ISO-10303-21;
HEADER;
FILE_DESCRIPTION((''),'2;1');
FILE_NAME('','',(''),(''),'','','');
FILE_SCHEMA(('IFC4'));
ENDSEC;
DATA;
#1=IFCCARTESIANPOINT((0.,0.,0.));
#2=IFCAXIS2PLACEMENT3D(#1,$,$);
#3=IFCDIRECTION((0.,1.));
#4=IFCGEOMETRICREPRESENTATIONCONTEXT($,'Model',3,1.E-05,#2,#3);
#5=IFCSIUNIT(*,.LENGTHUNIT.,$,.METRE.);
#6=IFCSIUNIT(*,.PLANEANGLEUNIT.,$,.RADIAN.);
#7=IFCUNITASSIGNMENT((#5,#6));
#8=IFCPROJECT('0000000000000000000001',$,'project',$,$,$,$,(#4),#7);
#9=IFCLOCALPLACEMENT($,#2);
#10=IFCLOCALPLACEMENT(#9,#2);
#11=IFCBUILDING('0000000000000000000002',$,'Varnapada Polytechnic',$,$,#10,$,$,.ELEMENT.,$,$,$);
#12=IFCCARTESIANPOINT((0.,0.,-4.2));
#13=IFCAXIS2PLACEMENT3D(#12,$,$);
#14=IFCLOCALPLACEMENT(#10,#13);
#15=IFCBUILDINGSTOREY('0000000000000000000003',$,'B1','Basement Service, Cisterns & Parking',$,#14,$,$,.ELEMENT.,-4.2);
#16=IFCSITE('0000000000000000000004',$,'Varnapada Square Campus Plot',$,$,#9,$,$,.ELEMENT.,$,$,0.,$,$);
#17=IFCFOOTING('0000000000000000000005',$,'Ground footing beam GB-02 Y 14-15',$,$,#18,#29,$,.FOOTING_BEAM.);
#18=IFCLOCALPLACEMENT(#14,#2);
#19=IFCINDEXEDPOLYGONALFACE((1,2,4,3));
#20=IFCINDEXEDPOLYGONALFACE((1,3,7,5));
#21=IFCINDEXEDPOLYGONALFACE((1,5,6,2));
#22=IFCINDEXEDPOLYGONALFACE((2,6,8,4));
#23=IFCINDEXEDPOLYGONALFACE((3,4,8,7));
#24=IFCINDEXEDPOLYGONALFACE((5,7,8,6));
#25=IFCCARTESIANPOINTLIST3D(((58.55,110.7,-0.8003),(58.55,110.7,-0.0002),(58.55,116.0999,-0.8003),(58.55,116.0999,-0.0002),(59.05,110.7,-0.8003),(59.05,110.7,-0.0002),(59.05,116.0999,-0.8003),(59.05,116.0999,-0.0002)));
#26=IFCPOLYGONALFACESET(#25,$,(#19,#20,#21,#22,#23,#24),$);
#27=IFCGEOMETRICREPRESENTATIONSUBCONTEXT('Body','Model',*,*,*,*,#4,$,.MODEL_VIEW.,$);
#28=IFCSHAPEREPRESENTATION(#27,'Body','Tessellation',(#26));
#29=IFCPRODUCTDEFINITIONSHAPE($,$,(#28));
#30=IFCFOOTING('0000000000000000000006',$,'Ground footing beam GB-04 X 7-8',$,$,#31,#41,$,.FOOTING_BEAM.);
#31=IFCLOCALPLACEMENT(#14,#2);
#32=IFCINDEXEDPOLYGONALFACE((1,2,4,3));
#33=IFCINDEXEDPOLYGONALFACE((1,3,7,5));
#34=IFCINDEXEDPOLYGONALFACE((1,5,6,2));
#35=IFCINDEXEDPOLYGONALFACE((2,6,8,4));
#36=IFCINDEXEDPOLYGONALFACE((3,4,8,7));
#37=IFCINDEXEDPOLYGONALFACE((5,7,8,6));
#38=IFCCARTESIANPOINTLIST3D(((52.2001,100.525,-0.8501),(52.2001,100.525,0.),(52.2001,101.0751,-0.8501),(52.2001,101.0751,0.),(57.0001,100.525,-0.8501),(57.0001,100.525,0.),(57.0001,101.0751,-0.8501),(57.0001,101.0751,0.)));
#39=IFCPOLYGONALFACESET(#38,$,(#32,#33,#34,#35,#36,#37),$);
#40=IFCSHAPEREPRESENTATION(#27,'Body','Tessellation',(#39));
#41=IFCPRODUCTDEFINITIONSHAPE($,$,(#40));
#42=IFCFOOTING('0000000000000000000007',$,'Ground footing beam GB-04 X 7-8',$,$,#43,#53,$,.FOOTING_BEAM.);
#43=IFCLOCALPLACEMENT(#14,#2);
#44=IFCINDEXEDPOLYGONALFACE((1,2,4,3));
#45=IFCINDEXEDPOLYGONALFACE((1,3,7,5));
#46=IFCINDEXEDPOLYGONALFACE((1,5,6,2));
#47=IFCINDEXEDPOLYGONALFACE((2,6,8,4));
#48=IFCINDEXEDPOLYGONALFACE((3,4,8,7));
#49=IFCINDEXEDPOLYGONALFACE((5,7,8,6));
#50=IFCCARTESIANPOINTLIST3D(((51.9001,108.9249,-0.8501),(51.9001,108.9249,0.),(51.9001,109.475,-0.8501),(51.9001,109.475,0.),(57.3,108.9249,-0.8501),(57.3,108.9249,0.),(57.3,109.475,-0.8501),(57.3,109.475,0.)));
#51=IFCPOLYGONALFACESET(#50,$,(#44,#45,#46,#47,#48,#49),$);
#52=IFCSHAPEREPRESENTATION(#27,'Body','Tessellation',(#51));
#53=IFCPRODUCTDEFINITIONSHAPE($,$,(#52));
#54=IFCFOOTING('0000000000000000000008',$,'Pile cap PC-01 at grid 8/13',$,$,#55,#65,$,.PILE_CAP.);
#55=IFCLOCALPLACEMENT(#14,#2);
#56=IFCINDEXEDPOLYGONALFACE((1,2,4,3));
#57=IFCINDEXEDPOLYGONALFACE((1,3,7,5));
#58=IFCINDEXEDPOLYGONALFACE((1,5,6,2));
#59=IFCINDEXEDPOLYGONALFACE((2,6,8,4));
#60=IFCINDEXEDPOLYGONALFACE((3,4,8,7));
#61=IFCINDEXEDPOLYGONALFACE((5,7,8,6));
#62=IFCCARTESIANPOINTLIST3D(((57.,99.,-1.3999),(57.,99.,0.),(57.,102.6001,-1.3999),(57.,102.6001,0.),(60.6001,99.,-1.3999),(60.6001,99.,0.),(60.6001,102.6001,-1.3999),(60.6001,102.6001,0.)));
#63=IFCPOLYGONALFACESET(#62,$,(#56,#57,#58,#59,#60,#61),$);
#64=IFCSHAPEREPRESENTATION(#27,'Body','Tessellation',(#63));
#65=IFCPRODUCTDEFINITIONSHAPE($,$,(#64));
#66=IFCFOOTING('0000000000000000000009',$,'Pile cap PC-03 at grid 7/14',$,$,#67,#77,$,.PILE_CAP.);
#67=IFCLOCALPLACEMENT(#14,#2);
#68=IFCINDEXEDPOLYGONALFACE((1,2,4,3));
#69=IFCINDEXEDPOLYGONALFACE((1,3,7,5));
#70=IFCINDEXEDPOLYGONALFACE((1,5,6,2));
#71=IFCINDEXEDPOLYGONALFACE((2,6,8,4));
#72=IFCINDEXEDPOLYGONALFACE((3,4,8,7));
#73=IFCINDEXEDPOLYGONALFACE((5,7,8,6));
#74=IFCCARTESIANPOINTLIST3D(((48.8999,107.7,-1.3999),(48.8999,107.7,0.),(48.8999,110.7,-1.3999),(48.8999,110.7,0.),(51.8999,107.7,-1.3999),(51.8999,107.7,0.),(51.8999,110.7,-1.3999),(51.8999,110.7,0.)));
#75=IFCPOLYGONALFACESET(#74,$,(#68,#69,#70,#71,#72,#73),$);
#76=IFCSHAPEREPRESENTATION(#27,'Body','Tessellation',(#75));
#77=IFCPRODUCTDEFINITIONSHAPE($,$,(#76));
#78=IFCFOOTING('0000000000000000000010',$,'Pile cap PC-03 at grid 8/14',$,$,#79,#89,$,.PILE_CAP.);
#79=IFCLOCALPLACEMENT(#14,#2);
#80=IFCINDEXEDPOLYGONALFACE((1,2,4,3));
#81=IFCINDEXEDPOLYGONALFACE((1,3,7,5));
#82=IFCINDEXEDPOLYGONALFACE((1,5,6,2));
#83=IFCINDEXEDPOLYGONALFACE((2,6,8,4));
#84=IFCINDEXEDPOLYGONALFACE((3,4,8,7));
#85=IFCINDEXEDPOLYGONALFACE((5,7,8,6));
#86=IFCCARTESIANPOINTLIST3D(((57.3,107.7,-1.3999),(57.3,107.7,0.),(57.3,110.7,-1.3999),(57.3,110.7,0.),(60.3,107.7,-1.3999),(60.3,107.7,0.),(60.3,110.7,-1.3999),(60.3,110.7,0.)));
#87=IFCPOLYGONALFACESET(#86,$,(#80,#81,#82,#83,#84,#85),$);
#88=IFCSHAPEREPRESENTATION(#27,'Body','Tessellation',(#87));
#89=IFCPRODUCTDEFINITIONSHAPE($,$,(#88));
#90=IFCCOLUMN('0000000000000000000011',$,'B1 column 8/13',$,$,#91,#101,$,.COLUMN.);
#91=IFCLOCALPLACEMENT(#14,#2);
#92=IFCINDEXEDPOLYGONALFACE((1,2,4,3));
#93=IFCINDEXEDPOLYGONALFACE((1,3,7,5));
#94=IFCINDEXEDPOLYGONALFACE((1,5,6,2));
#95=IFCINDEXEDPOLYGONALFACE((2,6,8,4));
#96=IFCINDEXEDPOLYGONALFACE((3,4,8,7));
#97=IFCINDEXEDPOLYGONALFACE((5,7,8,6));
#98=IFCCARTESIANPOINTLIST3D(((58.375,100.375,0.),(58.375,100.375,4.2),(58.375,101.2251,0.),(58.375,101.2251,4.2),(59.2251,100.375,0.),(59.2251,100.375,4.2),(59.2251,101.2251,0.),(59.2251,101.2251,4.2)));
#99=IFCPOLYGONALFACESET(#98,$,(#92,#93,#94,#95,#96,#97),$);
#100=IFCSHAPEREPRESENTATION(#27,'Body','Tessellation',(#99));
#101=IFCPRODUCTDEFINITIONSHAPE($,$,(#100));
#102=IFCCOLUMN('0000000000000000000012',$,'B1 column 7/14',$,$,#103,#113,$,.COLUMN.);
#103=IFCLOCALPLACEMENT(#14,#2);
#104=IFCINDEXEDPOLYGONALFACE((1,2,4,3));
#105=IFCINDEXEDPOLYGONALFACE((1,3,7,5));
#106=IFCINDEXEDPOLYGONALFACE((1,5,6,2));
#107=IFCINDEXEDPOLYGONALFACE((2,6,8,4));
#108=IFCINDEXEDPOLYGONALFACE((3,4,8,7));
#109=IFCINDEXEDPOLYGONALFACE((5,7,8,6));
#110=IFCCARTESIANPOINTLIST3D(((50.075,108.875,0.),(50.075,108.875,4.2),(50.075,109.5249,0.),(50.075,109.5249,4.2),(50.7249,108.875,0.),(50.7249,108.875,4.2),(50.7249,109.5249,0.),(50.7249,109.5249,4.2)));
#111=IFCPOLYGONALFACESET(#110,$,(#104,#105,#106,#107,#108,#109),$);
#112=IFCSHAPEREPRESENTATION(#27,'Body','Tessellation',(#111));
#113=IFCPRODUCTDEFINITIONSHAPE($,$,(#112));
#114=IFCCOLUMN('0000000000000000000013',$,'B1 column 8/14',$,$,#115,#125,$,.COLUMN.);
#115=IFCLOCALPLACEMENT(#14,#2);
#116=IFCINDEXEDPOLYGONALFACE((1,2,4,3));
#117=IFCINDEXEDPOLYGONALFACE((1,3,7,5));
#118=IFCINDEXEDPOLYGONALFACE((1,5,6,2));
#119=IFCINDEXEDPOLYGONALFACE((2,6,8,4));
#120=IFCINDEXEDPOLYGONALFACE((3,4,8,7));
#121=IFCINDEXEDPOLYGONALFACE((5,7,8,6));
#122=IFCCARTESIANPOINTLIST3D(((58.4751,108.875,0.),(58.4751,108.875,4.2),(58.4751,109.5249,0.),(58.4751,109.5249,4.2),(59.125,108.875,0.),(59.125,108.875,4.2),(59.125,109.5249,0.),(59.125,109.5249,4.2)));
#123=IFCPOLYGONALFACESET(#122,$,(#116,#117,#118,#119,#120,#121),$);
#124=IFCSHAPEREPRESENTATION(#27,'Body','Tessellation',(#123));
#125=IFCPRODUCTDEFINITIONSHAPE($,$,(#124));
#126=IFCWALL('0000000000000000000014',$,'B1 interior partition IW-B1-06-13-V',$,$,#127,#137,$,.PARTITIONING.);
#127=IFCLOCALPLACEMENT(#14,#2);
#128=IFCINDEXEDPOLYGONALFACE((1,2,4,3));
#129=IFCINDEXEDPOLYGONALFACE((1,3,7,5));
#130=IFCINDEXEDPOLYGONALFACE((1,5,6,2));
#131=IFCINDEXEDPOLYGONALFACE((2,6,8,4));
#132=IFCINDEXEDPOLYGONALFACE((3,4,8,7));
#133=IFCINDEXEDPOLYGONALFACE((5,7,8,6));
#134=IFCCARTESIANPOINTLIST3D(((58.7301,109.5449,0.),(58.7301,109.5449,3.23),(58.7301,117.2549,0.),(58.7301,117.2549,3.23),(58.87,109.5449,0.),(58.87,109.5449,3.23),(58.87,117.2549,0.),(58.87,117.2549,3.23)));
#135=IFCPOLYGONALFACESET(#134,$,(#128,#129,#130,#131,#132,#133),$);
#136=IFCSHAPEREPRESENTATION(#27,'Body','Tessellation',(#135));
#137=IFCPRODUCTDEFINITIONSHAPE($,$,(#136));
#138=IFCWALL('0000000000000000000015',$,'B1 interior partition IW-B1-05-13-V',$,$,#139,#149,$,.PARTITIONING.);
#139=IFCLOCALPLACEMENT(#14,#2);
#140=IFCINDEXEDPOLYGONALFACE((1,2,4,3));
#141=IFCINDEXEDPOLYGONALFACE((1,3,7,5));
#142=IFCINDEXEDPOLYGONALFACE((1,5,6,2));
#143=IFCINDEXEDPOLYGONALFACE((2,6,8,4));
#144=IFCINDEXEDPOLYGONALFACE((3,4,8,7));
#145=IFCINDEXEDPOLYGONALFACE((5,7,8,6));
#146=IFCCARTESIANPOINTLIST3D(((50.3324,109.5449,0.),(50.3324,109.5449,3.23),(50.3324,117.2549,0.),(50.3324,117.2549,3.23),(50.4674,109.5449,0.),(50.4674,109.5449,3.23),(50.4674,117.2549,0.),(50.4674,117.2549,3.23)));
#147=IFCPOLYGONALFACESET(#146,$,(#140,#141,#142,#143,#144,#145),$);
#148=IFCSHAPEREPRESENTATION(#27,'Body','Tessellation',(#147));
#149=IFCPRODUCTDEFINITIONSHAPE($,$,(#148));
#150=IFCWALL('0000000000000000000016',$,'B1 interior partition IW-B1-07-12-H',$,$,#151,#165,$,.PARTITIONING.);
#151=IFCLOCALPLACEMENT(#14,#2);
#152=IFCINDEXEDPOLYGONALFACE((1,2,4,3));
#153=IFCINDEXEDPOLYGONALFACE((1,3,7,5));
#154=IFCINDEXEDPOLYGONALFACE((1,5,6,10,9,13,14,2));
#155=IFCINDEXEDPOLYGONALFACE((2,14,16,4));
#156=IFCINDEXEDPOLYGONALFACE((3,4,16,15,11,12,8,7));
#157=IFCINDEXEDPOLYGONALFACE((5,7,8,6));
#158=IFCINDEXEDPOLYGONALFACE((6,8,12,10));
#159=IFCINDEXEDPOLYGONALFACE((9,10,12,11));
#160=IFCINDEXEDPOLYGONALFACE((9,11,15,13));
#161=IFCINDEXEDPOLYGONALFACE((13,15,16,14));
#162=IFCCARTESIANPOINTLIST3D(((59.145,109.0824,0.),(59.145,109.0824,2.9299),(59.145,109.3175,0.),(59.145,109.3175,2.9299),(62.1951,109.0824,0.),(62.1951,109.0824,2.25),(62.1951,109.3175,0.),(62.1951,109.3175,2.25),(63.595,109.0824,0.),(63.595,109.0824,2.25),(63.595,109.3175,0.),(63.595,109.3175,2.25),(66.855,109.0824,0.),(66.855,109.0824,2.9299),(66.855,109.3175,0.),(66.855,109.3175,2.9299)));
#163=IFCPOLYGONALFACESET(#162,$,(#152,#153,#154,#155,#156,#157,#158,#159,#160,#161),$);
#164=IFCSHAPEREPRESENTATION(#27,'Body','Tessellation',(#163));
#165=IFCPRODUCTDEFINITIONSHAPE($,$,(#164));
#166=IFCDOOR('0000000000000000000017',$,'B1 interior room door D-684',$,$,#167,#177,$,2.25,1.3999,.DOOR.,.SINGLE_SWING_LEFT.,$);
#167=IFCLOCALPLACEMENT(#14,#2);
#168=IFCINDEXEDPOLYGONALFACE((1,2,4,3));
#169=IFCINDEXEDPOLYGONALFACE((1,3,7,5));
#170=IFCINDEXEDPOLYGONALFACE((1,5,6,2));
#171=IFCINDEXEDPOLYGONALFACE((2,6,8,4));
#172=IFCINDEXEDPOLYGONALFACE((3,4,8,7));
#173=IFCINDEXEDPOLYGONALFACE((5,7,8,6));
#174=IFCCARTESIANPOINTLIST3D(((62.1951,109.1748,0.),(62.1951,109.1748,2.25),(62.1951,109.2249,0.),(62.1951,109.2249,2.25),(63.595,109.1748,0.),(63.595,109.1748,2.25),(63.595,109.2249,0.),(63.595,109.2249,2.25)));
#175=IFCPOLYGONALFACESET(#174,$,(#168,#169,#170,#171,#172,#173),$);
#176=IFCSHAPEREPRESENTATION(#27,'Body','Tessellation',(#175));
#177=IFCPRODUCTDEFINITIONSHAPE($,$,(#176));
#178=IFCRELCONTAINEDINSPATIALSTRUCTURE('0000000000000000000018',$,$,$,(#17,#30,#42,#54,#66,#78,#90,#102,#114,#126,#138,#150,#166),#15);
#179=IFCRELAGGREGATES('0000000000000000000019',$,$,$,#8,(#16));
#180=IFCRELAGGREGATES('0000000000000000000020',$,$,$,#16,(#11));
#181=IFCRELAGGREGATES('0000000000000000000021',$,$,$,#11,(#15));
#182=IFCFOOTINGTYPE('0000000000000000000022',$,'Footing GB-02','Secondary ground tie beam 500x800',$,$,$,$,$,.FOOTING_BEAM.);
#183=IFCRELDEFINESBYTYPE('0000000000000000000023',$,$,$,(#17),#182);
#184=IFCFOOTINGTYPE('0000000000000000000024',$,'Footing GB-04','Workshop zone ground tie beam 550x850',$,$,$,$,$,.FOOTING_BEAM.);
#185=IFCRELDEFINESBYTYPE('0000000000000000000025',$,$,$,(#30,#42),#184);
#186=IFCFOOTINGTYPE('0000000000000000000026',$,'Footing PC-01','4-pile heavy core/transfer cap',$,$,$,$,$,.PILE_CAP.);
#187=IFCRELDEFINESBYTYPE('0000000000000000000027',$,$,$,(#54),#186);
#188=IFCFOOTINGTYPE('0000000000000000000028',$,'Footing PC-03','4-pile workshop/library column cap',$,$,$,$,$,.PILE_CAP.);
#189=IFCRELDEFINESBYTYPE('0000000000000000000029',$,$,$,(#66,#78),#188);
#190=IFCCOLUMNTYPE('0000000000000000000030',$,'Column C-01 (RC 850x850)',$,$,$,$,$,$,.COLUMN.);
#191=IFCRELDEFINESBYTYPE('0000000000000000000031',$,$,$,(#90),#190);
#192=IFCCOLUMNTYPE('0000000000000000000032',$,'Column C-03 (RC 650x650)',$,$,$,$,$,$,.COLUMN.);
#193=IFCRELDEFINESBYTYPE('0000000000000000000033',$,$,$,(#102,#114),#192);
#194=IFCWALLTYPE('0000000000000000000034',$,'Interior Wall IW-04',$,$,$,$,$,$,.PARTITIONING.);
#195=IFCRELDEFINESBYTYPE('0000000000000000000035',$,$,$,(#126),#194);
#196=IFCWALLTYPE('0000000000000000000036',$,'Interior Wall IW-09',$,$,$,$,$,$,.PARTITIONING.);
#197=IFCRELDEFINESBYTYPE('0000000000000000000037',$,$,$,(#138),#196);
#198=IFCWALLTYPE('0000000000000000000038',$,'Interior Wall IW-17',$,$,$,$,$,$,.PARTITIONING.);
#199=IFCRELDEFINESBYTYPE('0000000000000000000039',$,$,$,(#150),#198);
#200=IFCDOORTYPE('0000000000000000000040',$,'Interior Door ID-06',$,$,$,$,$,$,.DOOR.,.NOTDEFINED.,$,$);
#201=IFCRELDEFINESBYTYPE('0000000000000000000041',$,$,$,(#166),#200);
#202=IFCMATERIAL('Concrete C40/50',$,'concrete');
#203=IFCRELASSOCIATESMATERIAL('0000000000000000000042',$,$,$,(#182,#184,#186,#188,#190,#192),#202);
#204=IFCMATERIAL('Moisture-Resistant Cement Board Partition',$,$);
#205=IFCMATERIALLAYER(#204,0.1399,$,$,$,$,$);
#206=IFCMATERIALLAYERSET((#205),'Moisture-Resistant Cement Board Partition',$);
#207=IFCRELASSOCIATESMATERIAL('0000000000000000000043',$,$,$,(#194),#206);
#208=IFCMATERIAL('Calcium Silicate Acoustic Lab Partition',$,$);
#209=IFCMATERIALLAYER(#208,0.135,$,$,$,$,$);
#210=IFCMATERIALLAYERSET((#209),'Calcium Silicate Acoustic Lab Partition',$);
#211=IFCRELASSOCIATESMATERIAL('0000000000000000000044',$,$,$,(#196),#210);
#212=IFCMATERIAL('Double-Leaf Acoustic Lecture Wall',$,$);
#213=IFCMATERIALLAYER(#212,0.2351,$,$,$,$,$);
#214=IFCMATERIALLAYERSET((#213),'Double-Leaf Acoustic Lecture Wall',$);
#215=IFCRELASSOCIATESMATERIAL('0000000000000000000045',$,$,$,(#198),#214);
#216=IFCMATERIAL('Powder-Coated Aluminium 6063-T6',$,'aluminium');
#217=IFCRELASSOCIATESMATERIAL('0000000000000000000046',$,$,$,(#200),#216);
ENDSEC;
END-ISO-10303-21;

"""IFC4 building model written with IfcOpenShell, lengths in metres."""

from ifc_helpers import new_model, si_unit, direction, frame, frame_2d, origin, origin_2d, place, context, subcontext, project, spatial, rectangle, extrude, material, layer, layer_set, material_profile, profile_set, type_object, element, fill, save


model = new_model("IFC4")

# Units and contexts
model_context = context("Model", 3, precision=1e-05, world=origin(), true_north=direction((0.0, 1.0)))
body_context = subcontext(model_context, "Body", "Model", "MODEL_VIEW")
ifc_project = project(units=[si_unit("LENGTHUNIT", "METRE"), si_unit("PLANEANGLEUNIT", "RADIAN")], contexts=[model_context])

# Site, building, storey
site_placement = place(None, origin())
site = spatial("IfcSite", under=ifc_project, at=site_placement, Name="Varnapada Square Campus Plot", CompositionType="ELEMENT", RefElevation=0.0)
building_placement = place(site_placement, origin())
building = spatial("IfcBuilding", under=site, at=building_placement, Name="Varnapada Polytechnic", CompositionType="ELEMENT")
storey_placement = place(building_placement, frame((0.0, 0.0, -4.2)))
storey = spatial("IfcBuildingStorey", under=building, at=storey_placement, Name="B1", Description="Basement Service, Cisterns & Parking", CompositionType="ELEMENT", Elevation=-4.2)

# Shared definitions
ifc_material_1 = material(Name="Concrete C40/50", Category="concrete")

# Footings
footing_type_1 = type_object("IfcFootingType", Name="Footing GB-02", Description="Secondary ground tie beam 500x800", PredefinedType="FOOTING_BEAM", material=ifc_material_1)
footing_1_placement = place(storey_placement, frame((58.8, 113.3999, -0.8003), z_axis=(0.0, 0.0, 1.0), x_axis=(0.0, 1.0, 0.0)))
element("IfcFooting", 1, at=footing_1_placement, inside=storey, type_object=footing_type_1, Name="Ground footing beam GB-02 Y 14-15", PredefinedType="FOOTING_BEAM", context=body_context, shape_type="SweptSolid", body=[
    extrude(rectangle(XDim=5.3999, YDim=0.5, at=origin_2d()), origin(), (0.0, 0.0, 1.0), 0.8),
])
footing_type_2 = type_object("IfcFootingType", Name="Footing GB-04", Description="Workshop zone ground tie beam 550x850", PredefinedType="FOOTING_BEAM", material=ifc_material_1)
footing_2_placement = place(storey_placement, frame((54.6001, 100.8, -0.8501), z_axis=(0.0, 0.0, 1.0), x_axis=(1.0, 0.0, 0.0)))
element("IfcFooting", 2, at=footing_2_placement, inside=storey, type_object=footing_type_2, Name="Ground footing beam GB-04 X 7-8", PredefinedType="FOOTING_BEAM", context=body_context, shape_type="SweptSolid", body=[
    extrude(rectangle(XDim=4.8, YDim=0.55, at=origin_2d()), origin(), (0.0, 0.0, 1.0), 0.8501),
])
footing_3_placement = place(storey_placement, frame((54.6001, 109.2, -0.8501), z_axis=(0.0, 0.0, 1.0), x_axis=(1.0, 0.0, 0.0)))
element("IfcFooting", 3, at=footing_3_placement, inside=storey, type_object=footing_type_2, Name="Ground footing beam GB-04 X 7-8", PredefinedType="FOOTING_BEAM", context=body_context, shape_type="SweptSolid", body=[
    extrude(rectangle(XDim=5.3999, YDim=0.55, at=origin_2d()), origin(), (0.0, 0.0, 1.0), 0.8501),
])
footing_type_3 = type_object("IfcFootingType", Name="Footing PC-01", Description="4-pile heavy core/transfer cap", PredefinedType="PILE_CAP", material=ifc_material_1)
footing_4_placement = place(storey_placement, frame((58.8, 100.8, -1.3999), z_axis=(0.0, 0.0, 1.0), x_axis=(1.0, 0.0, 0.0)))
element("IfcFooting", 4, at=footing_4_placement, inside=storey, type_object=footing_type_3, Name="Pile cap PC-01 at grid 8/13", PredefinedType="PILE_CAP", context=body_context, shape_type="SweptSolid", body=[
    extrude(rectangle(XDim=3.6001, YDim=3.6001, at=origin_2d()), origin(), (0.0, 0.0, 1.0), 1.3999),
])
footing_type_4 = type_object("IfcFootingType", Name="Footing PC-03", Description="4-pile workshop/library column cap", PredefinedType="PILE_CAP", material=ifc_material_1)
for number, where, z_axis, x_axis, name in (
    (5, (50.3999, 109.2, -1.3999), (0.0, 0.0, 1.0), (1.0, 0.0, 0.0), "Pile cap PC-03 at grid 7/14"),
    (6, (58.8, 109.2, -1.3999), (0.0, 0.0, 1.0), (1.0, 0.0, 0.0), "Pile cap PC-03 at grid 8/14"),
):
    element("IfcFooting", number, at=place(storey_placement, frame(where, z_axis=z_axis, x_axis=x_axis)), inside=storey, type_object=footing_type_4, Name=name, PredefinedType="PILE_CAP", context=body_context, shape_type="SweptSolid", body=[
        extrude(rectangle(XDim=3.0, YDim=3.0, at=origin_2d()), origin(), (0.0, 0.0, 1.0), 1.3999),
    ])

# Columns
ifc_material_profile_1 = material_profile(ifc_material_1, rectangle(XDim=0.8501, YDim=0.8501, at=origin_2d()), Name="RC 850x850")
ifc_profile_set_1 = profile_set([ifc_material_profile_1], Name="Concrete C40/50")
column_type_1 = type_object("IfcColumnType", Name="Column C-01 (RC 850x850)", PredefinedType="COLUMN", material=ifc_profile_set_1)
column_placement = place(storey_placement, frame((58.8, 100.8, 0.0), z_axis=(0.0, 0.0, 1.0), x_axis=(1.0, 0.0, 0.0)))
element("IfcColumn", 7, at=column_placement, inside=storey, type_object=column_type_1, Name="B1 column 8/13", PredefinedType="COLUMN", context=body_context, shape_type="SweptSolid", body=[
    extrude(rectangle(XDim=0.8501, YDim=0.8501, at=origin_2d()), origin(), (0.0, 0.0, 1.0), 4.2),
])
ifc_material_profile_2 = material_profile(ifc_material_1, rectangle(XDim=0.6499, YDim=0.6499, at=origin_2d()), Name="RC 650x650")
ifc_profile_set_2 = profile_set([ifc_material_profile_2], Name="Concrete C40/50")
column_type_2 = type_object("IfcColumnType", Name="Column C-03 (RC 650x650)", PredefinedType="COLUMN", material=ifc_profile_set_2)
for number, where, z_axis, x_axis, name in (
    (8, (50.3999, 109.2, 0.0), (0.0, 0.0, 1.0), (1.0, 0.0, 0.0), "B1 column 7/14"),
    (9, (58.8, 109.2, 0.0), (0.0, 0.0, 1.0), (1.0, 0.0, 0.0), "B1 column 8/14"),
):
    element("IfcColumn", number, at=place(storey_placement, frame(where, z_axis=z_axis, x_axis=x_axis)), inside=storey, type_object=column_type_2, Name=name, PredefinedType="COLUMN", context=body_context, shape_type="SweptSolid", body=[
        extrude(rectangle(XDim=0.6499, YDim=0.6499, at=origin_2d()), origin(), (0.0, 0.0, 1.0), 4.2),
    ])

# Walls
ifc_material_2 = material(Name="Moisture-Resistant Cement Board Partition")
ifc_layer_1 = layer(ifc_material_2, 0.1399)
ifc_layer_set_1 = layer_set([ifc_layer_1], Name="Moisture-Resistant Cement Board Partition")
wall_type_1 = type_object("IfcWallType", Name="Interior Wall IW-04", PredefinedType="PARTITIONING", material=ifc_layer_set_1)
wall_1_placement = place(storey_placement, frame((58.8, 109.5449, 0.0), z_axis=(0.0, 0.0, 1.0), x_axis=(0.0, 1.0, 0.0)))
element("IfcWall", 10, at=wall_1_placement, inside=storey, type_object=wall_type_1, Name="B1 interior partition IW-B1-06-13-V", PredefinedType="PARTITIONING", context=body_context, shape_type="SweptSolid", body=[
    extrude(rectangle(XDim=7.71, YDim=0.1399, at=frame_2d((3.855, 0.0))), origin(), (0.0, 0.0, 1.0), 3.23),
])
ifc_material_3 = material(Name="Calcium Silicate Acoustic Lab Partition")
ifc_layer_2 = layer(ifc_material_3, 0.135)
ifc_layer_set_2 = layer_set([ifc_layer_2], Name="Calcium Silicate Acoustic Lab Partition")
wall_type_2 = type_object("IfcWallType", Name="Interior Wall IW-09", PredefinedType="PARTITIONING", material=ifc_layer_set_2)
wall_2_placement = place(storey_placement, frame((50.3999, 109.5449, 0.0), z_axis=(0.0, 0.0, 1.0), x_axis=(0.0, 1.0, 0.0)))
element("IfcWall", 11, at=wall_2_placement, inside=storey, type_object=wall_type_2, Name="B1 interior partition IW-B1-05-13-V", PredefinedType="PARTITIONING", context=body_context, shape_type="SweptSolid", body=[
    extrude(rectangle(XDim=7.71, YDim=0.135, at=frame_2d((3.855, 0.0))), origin(), (0.0, 0.0, 1.0), 3.23),
])

# Wall, opening, door
ifc_material_4 = material(Name="Double-Leaf Acoustic Lecture Wall")
ifc_layer_3 = layer(ifc_material_4, 0.2351)
ifc_layer_set_3 = layer_set([ifc_layer_3], Name="Double-Leaf Acoustic Lecture Wall")
wall_type_3 = type_object("IfcWallType", Name="Interior Wall IW-17", PredefinedType="PARTITIONING", material=ifc_layer_set_3)
wall_3_placement = place(storey_placement, frame((59.145, 109.2, 0.0), z_axis=(0.0, 0.0, 1.0), x_axis=(1.0, 0.0, 0.0)))
wall_3 = element("IfcWall", 12, at=wall_3_placement, inside=storey, type_object=wall_type_3, Name="B1 interior partition IW-B1-07-12-H", PredefinedType="PARTITIONING", context=body_context, shape_type="SweptSolid", body=[
    extrude(rectangle(XDim=7.71, YDim=0.2351, at=frame_2d((3.855, 0.0))), origin(), (0.0, 0.0, 1.0), 2.9299),
])
opening_1_placement = place(wall_3_placement, frame((3.05, 0.0, 0.0)))
opening_1 = element("IfcOpeningElement", 13, at=opening_1_placement, cuts=wall_3, PredefinedType="OPENING", context=body_context, shape_type="SweptSolid", body=[
    extrude(rectangle(XDim=1.3999, YDim=2.25, at=frame_2d((0.7, 1.125))), frame((0.0, 0.1274, 0.0), z_axis=(0.0, -1.0, 0.0), x_axis=(1.0, 0.0, 0.0)), (0.0, 0.0, 1.0), 0.2551),
])
ifc_material_5 = material(Name="Powder-Coated Aluminium 6063-T6", Category="aluminium")
door_type_1 = type_object("IfcDoorType", Name="Interior Door ID-06", OperationType="NOTDEFINED", PredefinedType="DOOR", material=ifc_material_5)
door_1_placement = place(opening_1_placement, origin())
door_1 = element("IfcDoor", 14, at=door_1_placement, inside=storey, type_object=door_type_1, Name="B1 interior room door D-684", OperationType="SINGLE_SWING_LEFT", OverallHeight=2.25, OverallWidth=1.3999, PredefinedType="DOOR", context=body_context, shape_type="SweptSolid", body=[
    extrude(rectangle(XDim=1.3999, YDim=2.25, at=frame_2d((0.7, 1.125))), frame((0.0, 0.0249, 0.0), z_axis=(0.0, -1.0, 0.0), x_axis=(1.0, 0.0, 0.0)), (0.0, 0.0, 1.0), 0.05),
])
fill(opening_1, door_1)

save(model, "model.ifc")
